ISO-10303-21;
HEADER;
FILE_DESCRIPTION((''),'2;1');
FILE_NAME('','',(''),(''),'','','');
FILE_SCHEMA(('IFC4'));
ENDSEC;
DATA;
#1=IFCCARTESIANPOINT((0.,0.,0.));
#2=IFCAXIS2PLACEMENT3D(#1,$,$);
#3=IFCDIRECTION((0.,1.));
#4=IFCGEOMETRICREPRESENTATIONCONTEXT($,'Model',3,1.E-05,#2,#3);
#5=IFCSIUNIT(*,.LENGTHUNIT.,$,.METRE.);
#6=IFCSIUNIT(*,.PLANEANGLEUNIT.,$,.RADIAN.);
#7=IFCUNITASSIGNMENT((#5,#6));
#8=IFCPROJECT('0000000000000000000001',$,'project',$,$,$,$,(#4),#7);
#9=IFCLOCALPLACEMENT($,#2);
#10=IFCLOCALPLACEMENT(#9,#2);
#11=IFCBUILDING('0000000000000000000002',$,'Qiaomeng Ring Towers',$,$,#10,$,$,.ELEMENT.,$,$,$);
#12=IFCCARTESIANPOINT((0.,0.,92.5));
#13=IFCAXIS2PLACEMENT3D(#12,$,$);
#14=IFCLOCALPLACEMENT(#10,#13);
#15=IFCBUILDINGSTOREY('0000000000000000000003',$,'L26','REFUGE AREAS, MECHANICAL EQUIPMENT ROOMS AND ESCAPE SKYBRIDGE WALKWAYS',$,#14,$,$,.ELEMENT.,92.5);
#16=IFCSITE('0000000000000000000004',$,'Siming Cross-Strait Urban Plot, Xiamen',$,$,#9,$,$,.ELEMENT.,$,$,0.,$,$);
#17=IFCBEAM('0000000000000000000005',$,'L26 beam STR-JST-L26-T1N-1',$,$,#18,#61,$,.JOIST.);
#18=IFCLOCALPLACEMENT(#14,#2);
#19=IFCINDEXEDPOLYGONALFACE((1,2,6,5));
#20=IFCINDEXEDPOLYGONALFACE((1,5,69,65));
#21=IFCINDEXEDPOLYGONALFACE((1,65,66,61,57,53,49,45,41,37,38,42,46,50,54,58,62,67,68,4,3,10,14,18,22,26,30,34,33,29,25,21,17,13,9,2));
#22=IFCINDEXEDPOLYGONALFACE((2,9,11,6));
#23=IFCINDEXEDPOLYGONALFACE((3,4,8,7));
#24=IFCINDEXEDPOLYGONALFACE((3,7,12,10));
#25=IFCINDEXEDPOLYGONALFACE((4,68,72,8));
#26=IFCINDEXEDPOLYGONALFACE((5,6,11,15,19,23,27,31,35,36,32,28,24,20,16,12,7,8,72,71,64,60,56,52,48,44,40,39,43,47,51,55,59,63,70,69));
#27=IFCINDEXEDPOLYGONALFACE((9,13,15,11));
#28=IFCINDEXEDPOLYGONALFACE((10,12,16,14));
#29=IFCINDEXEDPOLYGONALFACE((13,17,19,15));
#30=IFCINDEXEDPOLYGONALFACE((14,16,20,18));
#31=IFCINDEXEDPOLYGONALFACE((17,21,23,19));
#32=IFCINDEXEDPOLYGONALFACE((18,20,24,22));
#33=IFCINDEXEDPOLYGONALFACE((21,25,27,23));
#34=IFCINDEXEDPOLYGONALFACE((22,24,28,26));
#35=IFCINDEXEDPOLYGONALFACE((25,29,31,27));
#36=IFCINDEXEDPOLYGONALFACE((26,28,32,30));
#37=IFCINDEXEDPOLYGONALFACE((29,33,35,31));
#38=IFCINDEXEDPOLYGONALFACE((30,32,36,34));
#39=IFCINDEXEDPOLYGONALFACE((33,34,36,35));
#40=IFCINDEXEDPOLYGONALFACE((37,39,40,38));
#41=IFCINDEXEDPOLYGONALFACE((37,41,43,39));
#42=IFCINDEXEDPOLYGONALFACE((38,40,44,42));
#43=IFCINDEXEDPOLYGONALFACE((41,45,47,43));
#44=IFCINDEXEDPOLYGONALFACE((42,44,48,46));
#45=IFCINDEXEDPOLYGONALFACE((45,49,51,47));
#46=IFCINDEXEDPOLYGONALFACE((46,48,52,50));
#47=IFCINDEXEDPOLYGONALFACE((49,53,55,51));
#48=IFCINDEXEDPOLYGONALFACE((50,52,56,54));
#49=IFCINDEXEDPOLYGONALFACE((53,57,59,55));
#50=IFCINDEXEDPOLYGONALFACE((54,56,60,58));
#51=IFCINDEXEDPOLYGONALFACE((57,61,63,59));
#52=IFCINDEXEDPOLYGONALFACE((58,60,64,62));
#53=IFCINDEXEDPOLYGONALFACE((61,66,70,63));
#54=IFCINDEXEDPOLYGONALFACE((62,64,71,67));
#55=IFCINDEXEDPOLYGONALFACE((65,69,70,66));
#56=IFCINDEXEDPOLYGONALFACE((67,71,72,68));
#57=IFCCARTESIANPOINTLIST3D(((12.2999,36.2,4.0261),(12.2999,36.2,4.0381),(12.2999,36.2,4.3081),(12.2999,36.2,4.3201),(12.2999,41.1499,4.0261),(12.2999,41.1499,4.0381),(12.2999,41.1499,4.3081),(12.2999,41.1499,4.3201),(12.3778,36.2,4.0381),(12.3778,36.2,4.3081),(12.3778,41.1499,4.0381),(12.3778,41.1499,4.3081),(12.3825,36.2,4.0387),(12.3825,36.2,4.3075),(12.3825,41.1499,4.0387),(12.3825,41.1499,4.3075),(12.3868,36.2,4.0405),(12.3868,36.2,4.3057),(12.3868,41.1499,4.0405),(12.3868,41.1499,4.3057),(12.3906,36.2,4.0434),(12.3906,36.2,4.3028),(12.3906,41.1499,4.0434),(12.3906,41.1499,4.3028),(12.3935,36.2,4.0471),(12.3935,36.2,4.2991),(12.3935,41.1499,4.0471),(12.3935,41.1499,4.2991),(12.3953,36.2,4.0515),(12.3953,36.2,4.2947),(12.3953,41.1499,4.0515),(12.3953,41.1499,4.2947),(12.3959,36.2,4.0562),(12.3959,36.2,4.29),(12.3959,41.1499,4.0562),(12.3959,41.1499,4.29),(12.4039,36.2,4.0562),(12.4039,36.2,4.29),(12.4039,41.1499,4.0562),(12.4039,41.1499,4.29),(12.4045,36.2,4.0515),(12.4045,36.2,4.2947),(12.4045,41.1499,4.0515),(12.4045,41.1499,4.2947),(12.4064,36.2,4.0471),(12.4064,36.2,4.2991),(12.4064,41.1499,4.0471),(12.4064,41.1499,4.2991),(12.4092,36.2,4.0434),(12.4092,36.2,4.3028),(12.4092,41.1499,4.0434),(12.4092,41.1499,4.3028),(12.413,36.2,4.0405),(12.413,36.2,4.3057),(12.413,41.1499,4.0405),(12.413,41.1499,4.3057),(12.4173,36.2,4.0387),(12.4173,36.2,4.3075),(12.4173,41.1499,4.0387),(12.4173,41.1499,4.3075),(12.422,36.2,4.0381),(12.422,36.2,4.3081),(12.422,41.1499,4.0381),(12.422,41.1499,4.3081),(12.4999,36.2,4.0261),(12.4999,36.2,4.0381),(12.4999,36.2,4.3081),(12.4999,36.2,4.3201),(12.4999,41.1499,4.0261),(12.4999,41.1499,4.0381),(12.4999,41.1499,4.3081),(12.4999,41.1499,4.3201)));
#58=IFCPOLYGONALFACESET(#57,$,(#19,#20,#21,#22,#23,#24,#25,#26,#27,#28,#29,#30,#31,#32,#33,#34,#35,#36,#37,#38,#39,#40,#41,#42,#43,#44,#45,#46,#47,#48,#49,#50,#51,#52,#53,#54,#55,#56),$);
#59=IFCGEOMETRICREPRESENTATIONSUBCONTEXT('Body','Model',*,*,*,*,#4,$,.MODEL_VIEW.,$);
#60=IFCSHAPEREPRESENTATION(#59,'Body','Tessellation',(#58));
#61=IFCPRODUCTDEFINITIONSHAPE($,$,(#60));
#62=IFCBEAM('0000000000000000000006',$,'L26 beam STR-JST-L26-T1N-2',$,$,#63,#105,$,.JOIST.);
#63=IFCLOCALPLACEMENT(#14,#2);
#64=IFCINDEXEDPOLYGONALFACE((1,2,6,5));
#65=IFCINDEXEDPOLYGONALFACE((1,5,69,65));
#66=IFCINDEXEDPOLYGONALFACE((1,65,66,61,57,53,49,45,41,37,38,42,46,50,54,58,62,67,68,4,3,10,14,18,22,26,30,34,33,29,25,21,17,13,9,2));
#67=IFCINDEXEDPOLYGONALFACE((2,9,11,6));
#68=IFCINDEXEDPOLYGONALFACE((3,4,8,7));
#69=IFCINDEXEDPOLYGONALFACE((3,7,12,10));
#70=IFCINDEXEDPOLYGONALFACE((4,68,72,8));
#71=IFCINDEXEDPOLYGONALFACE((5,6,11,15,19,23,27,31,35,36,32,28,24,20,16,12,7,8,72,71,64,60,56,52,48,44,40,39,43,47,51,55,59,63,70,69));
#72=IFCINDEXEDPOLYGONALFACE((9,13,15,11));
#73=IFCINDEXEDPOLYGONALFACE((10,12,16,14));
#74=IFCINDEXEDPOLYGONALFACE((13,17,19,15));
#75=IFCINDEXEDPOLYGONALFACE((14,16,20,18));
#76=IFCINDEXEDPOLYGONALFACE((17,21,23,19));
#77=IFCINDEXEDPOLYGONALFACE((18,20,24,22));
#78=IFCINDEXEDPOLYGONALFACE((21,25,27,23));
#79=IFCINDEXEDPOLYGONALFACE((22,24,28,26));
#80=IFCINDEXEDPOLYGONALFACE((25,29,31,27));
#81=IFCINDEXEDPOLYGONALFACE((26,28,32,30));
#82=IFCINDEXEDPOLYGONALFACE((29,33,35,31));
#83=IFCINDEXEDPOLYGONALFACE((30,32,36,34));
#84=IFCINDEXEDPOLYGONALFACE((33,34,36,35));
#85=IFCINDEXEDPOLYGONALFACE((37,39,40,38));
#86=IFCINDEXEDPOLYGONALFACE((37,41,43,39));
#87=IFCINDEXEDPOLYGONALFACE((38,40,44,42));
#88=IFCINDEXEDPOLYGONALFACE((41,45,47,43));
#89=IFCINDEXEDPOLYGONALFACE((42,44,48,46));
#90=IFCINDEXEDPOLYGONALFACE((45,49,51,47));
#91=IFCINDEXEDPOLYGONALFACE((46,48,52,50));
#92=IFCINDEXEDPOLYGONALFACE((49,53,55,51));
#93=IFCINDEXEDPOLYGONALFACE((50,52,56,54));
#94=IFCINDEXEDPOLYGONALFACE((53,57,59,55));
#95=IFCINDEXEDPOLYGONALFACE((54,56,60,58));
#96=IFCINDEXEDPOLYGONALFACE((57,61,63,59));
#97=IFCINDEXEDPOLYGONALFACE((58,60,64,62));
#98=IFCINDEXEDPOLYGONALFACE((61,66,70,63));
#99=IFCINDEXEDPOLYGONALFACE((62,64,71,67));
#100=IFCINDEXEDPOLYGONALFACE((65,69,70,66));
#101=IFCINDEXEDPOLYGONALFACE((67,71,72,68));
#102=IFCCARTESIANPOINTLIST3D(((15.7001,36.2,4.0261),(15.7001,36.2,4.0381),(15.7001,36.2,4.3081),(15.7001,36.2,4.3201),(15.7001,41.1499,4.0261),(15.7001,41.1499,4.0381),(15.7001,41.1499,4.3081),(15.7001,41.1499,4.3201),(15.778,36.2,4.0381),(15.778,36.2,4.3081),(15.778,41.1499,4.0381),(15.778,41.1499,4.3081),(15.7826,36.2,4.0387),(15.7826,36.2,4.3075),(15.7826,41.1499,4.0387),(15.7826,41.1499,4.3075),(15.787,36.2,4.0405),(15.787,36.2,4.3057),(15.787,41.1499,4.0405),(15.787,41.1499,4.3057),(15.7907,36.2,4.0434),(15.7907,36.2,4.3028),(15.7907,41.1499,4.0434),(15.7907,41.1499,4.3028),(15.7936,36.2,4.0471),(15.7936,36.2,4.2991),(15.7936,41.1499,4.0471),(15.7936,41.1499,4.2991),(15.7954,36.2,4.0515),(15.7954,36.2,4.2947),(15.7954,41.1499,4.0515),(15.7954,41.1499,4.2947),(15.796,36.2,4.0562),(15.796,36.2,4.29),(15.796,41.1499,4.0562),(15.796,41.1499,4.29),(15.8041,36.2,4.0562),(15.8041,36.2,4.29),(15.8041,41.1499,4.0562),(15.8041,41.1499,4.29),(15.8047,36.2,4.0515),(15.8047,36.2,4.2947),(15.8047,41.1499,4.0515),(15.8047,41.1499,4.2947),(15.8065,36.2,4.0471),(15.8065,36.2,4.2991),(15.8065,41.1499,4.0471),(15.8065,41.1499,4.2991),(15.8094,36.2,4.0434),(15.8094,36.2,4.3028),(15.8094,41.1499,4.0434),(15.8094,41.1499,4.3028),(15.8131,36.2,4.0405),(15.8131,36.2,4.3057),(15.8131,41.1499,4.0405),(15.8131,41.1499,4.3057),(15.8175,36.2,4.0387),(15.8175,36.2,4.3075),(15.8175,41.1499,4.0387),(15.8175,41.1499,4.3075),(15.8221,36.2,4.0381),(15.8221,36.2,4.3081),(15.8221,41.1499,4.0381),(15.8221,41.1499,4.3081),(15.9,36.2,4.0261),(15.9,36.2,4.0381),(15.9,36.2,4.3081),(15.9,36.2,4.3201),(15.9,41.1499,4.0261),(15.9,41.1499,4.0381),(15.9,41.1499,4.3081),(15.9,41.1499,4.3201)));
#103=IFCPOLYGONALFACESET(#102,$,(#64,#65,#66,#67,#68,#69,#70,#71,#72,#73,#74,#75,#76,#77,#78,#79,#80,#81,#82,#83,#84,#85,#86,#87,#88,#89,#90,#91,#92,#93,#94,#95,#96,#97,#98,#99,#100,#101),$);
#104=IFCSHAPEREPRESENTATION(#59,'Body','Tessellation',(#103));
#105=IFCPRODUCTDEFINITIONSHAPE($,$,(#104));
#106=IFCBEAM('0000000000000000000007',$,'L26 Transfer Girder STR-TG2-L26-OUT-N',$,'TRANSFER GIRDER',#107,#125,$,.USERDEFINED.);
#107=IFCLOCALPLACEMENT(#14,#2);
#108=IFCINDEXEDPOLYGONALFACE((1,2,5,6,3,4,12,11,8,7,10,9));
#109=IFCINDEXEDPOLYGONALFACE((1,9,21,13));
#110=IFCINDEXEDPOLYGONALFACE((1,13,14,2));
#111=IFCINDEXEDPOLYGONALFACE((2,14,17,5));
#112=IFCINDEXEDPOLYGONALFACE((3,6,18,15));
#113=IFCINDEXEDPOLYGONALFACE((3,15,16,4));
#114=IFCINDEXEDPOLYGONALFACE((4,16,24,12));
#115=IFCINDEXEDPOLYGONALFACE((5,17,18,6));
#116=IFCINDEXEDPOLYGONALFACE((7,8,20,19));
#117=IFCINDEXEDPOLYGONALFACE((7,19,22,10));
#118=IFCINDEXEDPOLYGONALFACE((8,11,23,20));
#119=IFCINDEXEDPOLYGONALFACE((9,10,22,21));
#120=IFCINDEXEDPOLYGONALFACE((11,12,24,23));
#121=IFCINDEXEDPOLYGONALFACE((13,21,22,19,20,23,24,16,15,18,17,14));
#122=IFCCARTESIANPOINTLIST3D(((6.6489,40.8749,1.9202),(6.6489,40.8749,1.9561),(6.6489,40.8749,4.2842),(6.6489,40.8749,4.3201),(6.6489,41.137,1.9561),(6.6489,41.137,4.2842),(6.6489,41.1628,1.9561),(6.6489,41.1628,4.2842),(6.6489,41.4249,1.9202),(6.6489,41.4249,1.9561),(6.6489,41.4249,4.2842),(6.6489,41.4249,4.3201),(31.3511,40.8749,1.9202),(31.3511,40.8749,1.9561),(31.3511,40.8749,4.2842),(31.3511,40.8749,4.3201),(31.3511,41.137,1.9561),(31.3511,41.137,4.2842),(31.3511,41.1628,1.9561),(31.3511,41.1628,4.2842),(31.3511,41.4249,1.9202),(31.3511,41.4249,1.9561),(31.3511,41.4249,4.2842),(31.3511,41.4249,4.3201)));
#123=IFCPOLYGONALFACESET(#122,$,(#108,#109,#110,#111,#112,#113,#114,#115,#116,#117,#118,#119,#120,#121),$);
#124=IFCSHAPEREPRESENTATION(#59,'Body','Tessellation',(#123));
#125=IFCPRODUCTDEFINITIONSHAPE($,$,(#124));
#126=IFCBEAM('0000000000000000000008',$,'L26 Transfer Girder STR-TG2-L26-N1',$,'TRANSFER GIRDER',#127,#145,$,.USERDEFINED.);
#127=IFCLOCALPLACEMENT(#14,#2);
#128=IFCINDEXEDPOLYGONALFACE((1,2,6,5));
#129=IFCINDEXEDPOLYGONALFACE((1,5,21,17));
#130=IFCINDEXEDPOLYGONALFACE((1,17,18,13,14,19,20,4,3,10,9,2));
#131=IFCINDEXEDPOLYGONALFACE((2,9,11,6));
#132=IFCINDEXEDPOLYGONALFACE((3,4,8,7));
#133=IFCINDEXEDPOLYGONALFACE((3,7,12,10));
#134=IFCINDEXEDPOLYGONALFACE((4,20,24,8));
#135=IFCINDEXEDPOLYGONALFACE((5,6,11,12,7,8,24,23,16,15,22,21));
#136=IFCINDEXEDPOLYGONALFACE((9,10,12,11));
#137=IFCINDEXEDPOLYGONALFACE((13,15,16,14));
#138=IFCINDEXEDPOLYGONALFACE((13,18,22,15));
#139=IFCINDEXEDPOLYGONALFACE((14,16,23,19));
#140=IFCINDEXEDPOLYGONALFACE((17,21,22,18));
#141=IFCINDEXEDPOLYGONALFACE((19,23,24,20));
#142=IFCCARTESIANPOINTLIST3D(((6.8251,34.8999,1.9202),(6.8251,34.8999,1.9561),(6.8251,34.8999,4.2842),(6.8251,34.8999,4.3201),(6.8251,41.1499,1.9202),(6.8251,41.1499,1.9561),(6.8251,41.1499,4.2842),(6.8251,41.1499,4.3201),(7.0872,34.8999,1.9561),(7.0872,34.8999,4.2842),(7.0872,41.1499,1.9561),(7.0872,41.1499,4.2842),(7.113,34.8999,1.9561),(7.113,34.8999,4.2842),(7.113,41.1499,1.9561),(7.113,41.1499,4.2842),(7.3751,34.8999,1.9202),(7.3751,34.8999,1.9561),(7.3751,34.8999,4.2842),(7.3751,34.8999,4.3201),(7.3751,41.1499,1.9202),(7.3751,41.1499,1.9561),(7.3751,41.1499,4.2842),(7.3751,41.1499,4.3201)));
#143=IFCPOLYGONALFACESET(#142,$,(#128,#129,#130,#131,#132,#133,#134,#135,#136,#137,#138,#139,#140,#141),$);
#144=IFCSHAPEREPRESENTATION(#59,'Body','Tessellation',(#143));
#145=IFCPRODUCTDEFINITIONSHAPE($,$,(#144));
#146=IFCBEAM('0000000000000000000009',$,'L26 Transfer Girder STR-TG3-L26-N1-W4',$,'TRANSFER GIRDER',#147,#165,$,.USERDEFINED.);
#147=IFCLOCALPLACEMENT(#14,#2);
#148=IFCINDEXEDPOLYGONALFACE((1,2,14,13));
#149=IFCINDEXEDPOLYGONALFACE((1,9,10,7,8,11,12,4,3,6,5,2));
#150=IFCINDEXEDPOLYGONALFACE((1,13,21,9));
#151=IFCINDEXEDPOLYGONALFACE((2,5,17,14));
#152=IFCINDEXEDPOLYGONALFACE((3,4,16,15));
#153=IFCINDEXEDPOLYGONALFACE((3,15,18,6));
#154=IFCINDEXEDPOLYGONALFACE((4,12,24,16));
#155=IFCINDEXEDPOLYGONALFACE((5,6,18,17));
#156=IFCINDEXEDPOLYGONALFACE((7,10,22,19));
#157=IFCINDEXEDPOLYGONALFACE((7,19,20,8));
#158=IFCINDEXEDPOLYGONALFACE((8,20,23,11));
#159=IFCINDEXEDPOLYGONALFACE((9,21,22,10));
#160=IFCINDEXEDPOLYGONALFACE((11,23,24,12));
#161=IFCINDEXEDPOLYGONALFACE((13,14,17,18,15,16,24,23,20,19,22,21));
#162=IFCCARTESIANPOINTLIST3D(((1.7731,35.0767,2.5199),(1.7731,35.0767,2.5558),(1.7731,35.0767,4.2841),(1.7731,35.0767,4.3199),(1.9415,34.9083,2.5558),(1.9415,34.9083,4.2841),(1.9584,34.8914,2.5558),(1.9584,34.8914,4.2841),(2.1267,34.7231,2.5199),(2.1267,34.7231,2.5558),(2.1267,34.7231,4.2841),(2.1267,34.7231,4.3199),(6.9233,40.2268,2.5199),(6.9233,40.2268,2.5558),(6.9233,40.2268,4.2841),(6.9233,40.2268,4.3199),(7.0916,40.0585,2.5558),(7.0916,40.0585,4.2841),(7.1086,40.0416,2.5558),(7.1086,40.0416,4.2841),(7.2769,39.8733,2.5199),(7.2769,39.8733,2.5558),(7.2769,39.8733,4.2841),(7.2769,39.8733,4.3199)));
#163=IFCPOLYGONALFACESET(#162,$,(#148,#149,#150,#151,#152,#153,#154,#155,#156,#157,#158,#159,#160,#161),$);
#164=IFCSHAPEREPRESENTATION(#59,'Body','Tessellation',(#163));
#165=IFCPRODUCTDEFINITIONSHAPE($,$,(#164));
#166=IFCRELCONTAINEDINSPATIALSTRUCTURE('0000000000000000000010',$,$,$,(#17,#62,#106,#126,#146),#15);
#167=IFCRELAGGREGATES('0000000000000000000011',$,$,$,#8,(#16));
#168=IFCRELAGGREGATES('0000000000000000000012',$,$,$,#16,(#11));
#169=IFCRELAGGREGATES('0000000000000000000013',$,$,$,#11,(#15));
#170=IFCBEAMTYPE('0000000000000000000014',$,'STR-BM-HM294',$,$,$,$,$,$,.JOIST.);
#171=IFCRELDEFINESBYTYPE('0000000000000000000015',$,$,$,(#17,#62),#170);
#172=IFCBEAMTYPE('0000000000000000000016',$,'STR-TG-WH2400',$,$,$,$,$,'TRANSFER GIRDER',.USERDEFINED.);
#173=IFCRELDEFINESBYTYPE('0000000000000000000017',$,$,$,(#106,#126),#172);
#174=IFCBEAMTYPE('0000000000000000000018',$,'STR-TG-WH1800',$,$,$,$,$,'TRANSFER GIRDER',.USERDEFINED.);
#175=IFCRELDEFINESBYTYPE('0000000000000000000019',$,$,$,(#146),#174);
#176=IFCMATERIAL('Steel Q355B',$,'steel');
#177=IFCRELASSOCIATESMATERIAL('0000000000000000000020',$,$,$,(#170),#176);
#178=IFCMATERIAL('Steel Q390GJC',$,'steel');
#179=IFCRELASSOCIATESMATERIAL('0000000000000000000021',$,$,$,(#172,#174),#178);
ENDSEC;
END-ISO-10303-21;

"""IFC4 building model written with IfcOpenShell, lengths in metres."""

from ifc_helpers import new_model, si_unit, direction, frame, origin, origin_2d, place, context, subcontext, project, spatial, i_section, extrude, source, transform, mapped, material, material_profile, profile_set, type_object, element, save


model = new_model("IFC4")

# Units and contexts
model_context = context("Model", 3, precision=1e-05, world=origin(), true_north=direction((0.0, 1.0)))
body_context = subcontext(model_context, "Body", "Model", "MODEL_VIEW")
ifc_project = project(units=[si_unit("LENGTHUNIT", "METRE"), si_unit("PLANEANGLEUNIT", "RADIAN")], contexts=[model_context])

# Site, building, storey
site_placement = place(None, origin())
site = spatial("IfcSite", under=ifc_project, at=site_placement, Name="Siming Cross-Strait Urban Plot, Xiamen", CompositionType="ELEMENT", RefElevation=0.0)
building_placement = place(site_placement, origin())
building = spatial("IfcBuilding", under=site, at=building_placement, Name="Qiaomeng Ring Towers", CompositionType="ELEMENT")
storey_placement = place(building_placement, frame((0.0, 0.0, 92.5)))
storey = spatial("IfcBuildingStorey", under=building, at=storey_placement, Name="L26", Description="REFUGE AREAS, MECHANICAL EQUIPMENT ROOMS AND ESCAPE SKYBRIDGE WALKWAYS", CompositionType="ELEMENT", Elevation=92.5)

# Beams
ifc_material_1 = material(Name="Steel Q355B", Category="steel")
ifc_material_profile_1 = material_profile(ifc_material_1, i_section(OverallWidth=0.2, OverallDepth=0.2939, WebThickness=0.0081, FlangeThickness=0.012, FilletRadius=0.0181, at=origin_2d()), Name="HM 294x200x8x12")
ifc_profile_set_1 = profile_set([ifc_material_profile_1], Name="Steel Q355B")
beam_type_1 = type_object("IfcBeamType", Name="STR-BM-HM294", PredefinedType="JOIST", material=ifc_profile_set_1)
shared_shape_1 = source(origin(), body_context, "Body", "SweptSolid", [
    extrude(i_section(OverallWidth=0.2, OverallDepth=0.2939, WebThickness=0.0081, FlangeThickness=0.012, FilletRadius=0.0181, at=origin_2d()), origin(), (0.0, 0.0, 1.0), 4.95),
])
for number, where, z_axis, x_axis, name in (
    (1, (12.3999, 36.2, 4.1731), (0.0, 1.0, 0.0), (-1.0, 0.0, 0.0), "L26 beam STR-JST-L26-T1N-1"),
    (2, (15.8, 36.2, 4.1731), (0.0, 1.0, 0.0), (-1.0, 0.0, 0.0), "L26 beam STR-JST-L26-T1N-2"),
):
    element("IfcBeam", number, at=place(storey_placement, frame(where, z_axis=z_axis, x_axis=x_axis)), inside=storey, type_object=beam_type_1, Name=name, PredefinedType="JOIST", context=body_context, shape_type="MappedRepresentation", body=[
        mapped(shared_shape_1, transform((0.0, 0.0, 0.0), x_axis=(1.0, 0.0, 0.0), y_axis=(0.0, 1.0, 0.0), z_axis=(0.0, 0.0, 1.0), scale=1.0)),
    ])
ifc_material_2 = material(Name="Steel Q390GJC", Category="steel")
ifc_material_profile_2 = material_profile(ifc_material_2, i_section(OverallWidth=0.55, OverallDepth=2.3999, WebThickness=0.0259, FlangeThickness=0.0359, at=origin_2d()), Name="WH 2400x550x26x36")
ifc_profile_set_2 = profile_set([ifc_material_profile_2], Name="Steel Q390GJC")
beam_type_2 = type_object("IfcBeamType", Name="STR-TG-WH2400", ElementType="TRANSFER GIRDER", PredefinedType="USERDEFINED", material=ifc_profile_set_2)
shared_shape_2 = source(origin(), body_context, "Body", "SweptSolid", [
    extrude(i_section(OverallWidth=0.55, OverallDepth=2.3999, WebThickness=0.0259, FlangeThickness=0.0359, at=origin_2d()), origin(), (0.0, 0.0, 1.0), 24.7021),
])
beam_1_placement = place(storey_placement, frame((6.6489, 41.1499, 3.1201), z_axis=(1.0, 0.0, 0.0), x_axis=(0.0, 1.0, 0.0)))
element("IfcBeam", 3, at=beam_1_placement, inside=storey, type_object=beam_type_2, Name="L26 Transfer Girder STR-TG2-L26-OUT-N", ObjectType="TRANSFER GIRDER", PredefinedType="USERDEFINED", context=body_context, shape_type="MappedRepresentation", body=[
    mapped(shared_shape_2, transform((0.0, 0.0, 0.0), x_axis=(1.0, 0.0, 0.0), y_axis=(0.0, 1.0, 0.0), z_axis=(0.0, 0.0, 1.0), scale=1.0)),
])
shared_shape_3 = source(origin(), body_context, "Body", "SweptSolid", [
    extrude(i_section(OverallWidth=0.55, OverallDepth=2.3999, WebThickness=0.0259, FlangeThickness=0.0359, at=origin_2d()), origin(), (0.0, 0.0, 1.0), 6.25),
])
beam_2_placement = place(storey_placement, frame((7.1001, 41.1499, 3.1201), z_axis=(0.0, -1.0, 0.0), x_axis=(1.0, 0.0, 0.0)))
element("IfcBeam", 4, at=beam_2_placement, inside=storey, type_object=beam_type_2, Name="L26 Transfer Girder STR-TG2-L26-N1", ObjectType="TRANSFER GIRDER", PredefinedType="USERDEFINED", context=body_context, shape_type="MappedRepresentation", body=[
    mapped(shared_shape_3, transform((0.0, 0.0, 0.0), x_axis=(1.0, 0.0, 0.0), y_axis=(0.0, 1.0, 0.0), z_axis=(0.0, 0.0, 1.0), scale=1.0)),
])
ifc_material_profile_3 = material_profile(ifc_material_2, i_section(OverallWidth=0.5, OverallDepth=1.8, WebThickness=0.0239, FlangeThickness=0.0359, at=origin_2d()), Name="WH 1800x500x24x36")
ifc_profile_set_3 = profile_set([ifc_material_profile_3], Name="Steel Q390GJC")
beam_type_3 = type_object("IfcBeamType", Name="STR-TG-WH1800", ElementType="TRANSFER GIRDER", PredefinedType="USERDEFINED", material=ifc_profile_set_3)
shared_shape_4 = source(origin(), body_context, "Body", "SweptSolid", [
    extrude(i_section(OverallWidth=0.5, OverallDepth=1.8, WebThickness=0.0239, FlangeThickness=0.0359, at=origin_2d()), origin(), (0.0, 0.0, 1.0), 7.2834),
])
beam_3_placement = place(storey_placement, frame((7.1001, 40.05, 3.4199), z_axis=(-0.707107, -0.707107, 0.0), x_axis=(0.707107, -0.707107, 0.0)))
element("IfcBeam", 5, at=beam_3_placement, inside=storey, type_object=beam_type_3, Name="L26 Transfer Girder STR-TG3-L26-N1-W4", ObjectType="TRANSFER GIRDER", PredefinedType="USERDEFINED", context=body_context, shape_type="MappedRepresentation", body=[
    mapped(shared_shape_4, transform((0.0, 0.0, 0.0), x_axis=(1.0, 0.0, 0.0), y_axis=(0.0, 1.0, 0.0), z_axis=(0.0, 0.0, 1.0), scale=1.0)),
])

save(model, "model.ifc")
